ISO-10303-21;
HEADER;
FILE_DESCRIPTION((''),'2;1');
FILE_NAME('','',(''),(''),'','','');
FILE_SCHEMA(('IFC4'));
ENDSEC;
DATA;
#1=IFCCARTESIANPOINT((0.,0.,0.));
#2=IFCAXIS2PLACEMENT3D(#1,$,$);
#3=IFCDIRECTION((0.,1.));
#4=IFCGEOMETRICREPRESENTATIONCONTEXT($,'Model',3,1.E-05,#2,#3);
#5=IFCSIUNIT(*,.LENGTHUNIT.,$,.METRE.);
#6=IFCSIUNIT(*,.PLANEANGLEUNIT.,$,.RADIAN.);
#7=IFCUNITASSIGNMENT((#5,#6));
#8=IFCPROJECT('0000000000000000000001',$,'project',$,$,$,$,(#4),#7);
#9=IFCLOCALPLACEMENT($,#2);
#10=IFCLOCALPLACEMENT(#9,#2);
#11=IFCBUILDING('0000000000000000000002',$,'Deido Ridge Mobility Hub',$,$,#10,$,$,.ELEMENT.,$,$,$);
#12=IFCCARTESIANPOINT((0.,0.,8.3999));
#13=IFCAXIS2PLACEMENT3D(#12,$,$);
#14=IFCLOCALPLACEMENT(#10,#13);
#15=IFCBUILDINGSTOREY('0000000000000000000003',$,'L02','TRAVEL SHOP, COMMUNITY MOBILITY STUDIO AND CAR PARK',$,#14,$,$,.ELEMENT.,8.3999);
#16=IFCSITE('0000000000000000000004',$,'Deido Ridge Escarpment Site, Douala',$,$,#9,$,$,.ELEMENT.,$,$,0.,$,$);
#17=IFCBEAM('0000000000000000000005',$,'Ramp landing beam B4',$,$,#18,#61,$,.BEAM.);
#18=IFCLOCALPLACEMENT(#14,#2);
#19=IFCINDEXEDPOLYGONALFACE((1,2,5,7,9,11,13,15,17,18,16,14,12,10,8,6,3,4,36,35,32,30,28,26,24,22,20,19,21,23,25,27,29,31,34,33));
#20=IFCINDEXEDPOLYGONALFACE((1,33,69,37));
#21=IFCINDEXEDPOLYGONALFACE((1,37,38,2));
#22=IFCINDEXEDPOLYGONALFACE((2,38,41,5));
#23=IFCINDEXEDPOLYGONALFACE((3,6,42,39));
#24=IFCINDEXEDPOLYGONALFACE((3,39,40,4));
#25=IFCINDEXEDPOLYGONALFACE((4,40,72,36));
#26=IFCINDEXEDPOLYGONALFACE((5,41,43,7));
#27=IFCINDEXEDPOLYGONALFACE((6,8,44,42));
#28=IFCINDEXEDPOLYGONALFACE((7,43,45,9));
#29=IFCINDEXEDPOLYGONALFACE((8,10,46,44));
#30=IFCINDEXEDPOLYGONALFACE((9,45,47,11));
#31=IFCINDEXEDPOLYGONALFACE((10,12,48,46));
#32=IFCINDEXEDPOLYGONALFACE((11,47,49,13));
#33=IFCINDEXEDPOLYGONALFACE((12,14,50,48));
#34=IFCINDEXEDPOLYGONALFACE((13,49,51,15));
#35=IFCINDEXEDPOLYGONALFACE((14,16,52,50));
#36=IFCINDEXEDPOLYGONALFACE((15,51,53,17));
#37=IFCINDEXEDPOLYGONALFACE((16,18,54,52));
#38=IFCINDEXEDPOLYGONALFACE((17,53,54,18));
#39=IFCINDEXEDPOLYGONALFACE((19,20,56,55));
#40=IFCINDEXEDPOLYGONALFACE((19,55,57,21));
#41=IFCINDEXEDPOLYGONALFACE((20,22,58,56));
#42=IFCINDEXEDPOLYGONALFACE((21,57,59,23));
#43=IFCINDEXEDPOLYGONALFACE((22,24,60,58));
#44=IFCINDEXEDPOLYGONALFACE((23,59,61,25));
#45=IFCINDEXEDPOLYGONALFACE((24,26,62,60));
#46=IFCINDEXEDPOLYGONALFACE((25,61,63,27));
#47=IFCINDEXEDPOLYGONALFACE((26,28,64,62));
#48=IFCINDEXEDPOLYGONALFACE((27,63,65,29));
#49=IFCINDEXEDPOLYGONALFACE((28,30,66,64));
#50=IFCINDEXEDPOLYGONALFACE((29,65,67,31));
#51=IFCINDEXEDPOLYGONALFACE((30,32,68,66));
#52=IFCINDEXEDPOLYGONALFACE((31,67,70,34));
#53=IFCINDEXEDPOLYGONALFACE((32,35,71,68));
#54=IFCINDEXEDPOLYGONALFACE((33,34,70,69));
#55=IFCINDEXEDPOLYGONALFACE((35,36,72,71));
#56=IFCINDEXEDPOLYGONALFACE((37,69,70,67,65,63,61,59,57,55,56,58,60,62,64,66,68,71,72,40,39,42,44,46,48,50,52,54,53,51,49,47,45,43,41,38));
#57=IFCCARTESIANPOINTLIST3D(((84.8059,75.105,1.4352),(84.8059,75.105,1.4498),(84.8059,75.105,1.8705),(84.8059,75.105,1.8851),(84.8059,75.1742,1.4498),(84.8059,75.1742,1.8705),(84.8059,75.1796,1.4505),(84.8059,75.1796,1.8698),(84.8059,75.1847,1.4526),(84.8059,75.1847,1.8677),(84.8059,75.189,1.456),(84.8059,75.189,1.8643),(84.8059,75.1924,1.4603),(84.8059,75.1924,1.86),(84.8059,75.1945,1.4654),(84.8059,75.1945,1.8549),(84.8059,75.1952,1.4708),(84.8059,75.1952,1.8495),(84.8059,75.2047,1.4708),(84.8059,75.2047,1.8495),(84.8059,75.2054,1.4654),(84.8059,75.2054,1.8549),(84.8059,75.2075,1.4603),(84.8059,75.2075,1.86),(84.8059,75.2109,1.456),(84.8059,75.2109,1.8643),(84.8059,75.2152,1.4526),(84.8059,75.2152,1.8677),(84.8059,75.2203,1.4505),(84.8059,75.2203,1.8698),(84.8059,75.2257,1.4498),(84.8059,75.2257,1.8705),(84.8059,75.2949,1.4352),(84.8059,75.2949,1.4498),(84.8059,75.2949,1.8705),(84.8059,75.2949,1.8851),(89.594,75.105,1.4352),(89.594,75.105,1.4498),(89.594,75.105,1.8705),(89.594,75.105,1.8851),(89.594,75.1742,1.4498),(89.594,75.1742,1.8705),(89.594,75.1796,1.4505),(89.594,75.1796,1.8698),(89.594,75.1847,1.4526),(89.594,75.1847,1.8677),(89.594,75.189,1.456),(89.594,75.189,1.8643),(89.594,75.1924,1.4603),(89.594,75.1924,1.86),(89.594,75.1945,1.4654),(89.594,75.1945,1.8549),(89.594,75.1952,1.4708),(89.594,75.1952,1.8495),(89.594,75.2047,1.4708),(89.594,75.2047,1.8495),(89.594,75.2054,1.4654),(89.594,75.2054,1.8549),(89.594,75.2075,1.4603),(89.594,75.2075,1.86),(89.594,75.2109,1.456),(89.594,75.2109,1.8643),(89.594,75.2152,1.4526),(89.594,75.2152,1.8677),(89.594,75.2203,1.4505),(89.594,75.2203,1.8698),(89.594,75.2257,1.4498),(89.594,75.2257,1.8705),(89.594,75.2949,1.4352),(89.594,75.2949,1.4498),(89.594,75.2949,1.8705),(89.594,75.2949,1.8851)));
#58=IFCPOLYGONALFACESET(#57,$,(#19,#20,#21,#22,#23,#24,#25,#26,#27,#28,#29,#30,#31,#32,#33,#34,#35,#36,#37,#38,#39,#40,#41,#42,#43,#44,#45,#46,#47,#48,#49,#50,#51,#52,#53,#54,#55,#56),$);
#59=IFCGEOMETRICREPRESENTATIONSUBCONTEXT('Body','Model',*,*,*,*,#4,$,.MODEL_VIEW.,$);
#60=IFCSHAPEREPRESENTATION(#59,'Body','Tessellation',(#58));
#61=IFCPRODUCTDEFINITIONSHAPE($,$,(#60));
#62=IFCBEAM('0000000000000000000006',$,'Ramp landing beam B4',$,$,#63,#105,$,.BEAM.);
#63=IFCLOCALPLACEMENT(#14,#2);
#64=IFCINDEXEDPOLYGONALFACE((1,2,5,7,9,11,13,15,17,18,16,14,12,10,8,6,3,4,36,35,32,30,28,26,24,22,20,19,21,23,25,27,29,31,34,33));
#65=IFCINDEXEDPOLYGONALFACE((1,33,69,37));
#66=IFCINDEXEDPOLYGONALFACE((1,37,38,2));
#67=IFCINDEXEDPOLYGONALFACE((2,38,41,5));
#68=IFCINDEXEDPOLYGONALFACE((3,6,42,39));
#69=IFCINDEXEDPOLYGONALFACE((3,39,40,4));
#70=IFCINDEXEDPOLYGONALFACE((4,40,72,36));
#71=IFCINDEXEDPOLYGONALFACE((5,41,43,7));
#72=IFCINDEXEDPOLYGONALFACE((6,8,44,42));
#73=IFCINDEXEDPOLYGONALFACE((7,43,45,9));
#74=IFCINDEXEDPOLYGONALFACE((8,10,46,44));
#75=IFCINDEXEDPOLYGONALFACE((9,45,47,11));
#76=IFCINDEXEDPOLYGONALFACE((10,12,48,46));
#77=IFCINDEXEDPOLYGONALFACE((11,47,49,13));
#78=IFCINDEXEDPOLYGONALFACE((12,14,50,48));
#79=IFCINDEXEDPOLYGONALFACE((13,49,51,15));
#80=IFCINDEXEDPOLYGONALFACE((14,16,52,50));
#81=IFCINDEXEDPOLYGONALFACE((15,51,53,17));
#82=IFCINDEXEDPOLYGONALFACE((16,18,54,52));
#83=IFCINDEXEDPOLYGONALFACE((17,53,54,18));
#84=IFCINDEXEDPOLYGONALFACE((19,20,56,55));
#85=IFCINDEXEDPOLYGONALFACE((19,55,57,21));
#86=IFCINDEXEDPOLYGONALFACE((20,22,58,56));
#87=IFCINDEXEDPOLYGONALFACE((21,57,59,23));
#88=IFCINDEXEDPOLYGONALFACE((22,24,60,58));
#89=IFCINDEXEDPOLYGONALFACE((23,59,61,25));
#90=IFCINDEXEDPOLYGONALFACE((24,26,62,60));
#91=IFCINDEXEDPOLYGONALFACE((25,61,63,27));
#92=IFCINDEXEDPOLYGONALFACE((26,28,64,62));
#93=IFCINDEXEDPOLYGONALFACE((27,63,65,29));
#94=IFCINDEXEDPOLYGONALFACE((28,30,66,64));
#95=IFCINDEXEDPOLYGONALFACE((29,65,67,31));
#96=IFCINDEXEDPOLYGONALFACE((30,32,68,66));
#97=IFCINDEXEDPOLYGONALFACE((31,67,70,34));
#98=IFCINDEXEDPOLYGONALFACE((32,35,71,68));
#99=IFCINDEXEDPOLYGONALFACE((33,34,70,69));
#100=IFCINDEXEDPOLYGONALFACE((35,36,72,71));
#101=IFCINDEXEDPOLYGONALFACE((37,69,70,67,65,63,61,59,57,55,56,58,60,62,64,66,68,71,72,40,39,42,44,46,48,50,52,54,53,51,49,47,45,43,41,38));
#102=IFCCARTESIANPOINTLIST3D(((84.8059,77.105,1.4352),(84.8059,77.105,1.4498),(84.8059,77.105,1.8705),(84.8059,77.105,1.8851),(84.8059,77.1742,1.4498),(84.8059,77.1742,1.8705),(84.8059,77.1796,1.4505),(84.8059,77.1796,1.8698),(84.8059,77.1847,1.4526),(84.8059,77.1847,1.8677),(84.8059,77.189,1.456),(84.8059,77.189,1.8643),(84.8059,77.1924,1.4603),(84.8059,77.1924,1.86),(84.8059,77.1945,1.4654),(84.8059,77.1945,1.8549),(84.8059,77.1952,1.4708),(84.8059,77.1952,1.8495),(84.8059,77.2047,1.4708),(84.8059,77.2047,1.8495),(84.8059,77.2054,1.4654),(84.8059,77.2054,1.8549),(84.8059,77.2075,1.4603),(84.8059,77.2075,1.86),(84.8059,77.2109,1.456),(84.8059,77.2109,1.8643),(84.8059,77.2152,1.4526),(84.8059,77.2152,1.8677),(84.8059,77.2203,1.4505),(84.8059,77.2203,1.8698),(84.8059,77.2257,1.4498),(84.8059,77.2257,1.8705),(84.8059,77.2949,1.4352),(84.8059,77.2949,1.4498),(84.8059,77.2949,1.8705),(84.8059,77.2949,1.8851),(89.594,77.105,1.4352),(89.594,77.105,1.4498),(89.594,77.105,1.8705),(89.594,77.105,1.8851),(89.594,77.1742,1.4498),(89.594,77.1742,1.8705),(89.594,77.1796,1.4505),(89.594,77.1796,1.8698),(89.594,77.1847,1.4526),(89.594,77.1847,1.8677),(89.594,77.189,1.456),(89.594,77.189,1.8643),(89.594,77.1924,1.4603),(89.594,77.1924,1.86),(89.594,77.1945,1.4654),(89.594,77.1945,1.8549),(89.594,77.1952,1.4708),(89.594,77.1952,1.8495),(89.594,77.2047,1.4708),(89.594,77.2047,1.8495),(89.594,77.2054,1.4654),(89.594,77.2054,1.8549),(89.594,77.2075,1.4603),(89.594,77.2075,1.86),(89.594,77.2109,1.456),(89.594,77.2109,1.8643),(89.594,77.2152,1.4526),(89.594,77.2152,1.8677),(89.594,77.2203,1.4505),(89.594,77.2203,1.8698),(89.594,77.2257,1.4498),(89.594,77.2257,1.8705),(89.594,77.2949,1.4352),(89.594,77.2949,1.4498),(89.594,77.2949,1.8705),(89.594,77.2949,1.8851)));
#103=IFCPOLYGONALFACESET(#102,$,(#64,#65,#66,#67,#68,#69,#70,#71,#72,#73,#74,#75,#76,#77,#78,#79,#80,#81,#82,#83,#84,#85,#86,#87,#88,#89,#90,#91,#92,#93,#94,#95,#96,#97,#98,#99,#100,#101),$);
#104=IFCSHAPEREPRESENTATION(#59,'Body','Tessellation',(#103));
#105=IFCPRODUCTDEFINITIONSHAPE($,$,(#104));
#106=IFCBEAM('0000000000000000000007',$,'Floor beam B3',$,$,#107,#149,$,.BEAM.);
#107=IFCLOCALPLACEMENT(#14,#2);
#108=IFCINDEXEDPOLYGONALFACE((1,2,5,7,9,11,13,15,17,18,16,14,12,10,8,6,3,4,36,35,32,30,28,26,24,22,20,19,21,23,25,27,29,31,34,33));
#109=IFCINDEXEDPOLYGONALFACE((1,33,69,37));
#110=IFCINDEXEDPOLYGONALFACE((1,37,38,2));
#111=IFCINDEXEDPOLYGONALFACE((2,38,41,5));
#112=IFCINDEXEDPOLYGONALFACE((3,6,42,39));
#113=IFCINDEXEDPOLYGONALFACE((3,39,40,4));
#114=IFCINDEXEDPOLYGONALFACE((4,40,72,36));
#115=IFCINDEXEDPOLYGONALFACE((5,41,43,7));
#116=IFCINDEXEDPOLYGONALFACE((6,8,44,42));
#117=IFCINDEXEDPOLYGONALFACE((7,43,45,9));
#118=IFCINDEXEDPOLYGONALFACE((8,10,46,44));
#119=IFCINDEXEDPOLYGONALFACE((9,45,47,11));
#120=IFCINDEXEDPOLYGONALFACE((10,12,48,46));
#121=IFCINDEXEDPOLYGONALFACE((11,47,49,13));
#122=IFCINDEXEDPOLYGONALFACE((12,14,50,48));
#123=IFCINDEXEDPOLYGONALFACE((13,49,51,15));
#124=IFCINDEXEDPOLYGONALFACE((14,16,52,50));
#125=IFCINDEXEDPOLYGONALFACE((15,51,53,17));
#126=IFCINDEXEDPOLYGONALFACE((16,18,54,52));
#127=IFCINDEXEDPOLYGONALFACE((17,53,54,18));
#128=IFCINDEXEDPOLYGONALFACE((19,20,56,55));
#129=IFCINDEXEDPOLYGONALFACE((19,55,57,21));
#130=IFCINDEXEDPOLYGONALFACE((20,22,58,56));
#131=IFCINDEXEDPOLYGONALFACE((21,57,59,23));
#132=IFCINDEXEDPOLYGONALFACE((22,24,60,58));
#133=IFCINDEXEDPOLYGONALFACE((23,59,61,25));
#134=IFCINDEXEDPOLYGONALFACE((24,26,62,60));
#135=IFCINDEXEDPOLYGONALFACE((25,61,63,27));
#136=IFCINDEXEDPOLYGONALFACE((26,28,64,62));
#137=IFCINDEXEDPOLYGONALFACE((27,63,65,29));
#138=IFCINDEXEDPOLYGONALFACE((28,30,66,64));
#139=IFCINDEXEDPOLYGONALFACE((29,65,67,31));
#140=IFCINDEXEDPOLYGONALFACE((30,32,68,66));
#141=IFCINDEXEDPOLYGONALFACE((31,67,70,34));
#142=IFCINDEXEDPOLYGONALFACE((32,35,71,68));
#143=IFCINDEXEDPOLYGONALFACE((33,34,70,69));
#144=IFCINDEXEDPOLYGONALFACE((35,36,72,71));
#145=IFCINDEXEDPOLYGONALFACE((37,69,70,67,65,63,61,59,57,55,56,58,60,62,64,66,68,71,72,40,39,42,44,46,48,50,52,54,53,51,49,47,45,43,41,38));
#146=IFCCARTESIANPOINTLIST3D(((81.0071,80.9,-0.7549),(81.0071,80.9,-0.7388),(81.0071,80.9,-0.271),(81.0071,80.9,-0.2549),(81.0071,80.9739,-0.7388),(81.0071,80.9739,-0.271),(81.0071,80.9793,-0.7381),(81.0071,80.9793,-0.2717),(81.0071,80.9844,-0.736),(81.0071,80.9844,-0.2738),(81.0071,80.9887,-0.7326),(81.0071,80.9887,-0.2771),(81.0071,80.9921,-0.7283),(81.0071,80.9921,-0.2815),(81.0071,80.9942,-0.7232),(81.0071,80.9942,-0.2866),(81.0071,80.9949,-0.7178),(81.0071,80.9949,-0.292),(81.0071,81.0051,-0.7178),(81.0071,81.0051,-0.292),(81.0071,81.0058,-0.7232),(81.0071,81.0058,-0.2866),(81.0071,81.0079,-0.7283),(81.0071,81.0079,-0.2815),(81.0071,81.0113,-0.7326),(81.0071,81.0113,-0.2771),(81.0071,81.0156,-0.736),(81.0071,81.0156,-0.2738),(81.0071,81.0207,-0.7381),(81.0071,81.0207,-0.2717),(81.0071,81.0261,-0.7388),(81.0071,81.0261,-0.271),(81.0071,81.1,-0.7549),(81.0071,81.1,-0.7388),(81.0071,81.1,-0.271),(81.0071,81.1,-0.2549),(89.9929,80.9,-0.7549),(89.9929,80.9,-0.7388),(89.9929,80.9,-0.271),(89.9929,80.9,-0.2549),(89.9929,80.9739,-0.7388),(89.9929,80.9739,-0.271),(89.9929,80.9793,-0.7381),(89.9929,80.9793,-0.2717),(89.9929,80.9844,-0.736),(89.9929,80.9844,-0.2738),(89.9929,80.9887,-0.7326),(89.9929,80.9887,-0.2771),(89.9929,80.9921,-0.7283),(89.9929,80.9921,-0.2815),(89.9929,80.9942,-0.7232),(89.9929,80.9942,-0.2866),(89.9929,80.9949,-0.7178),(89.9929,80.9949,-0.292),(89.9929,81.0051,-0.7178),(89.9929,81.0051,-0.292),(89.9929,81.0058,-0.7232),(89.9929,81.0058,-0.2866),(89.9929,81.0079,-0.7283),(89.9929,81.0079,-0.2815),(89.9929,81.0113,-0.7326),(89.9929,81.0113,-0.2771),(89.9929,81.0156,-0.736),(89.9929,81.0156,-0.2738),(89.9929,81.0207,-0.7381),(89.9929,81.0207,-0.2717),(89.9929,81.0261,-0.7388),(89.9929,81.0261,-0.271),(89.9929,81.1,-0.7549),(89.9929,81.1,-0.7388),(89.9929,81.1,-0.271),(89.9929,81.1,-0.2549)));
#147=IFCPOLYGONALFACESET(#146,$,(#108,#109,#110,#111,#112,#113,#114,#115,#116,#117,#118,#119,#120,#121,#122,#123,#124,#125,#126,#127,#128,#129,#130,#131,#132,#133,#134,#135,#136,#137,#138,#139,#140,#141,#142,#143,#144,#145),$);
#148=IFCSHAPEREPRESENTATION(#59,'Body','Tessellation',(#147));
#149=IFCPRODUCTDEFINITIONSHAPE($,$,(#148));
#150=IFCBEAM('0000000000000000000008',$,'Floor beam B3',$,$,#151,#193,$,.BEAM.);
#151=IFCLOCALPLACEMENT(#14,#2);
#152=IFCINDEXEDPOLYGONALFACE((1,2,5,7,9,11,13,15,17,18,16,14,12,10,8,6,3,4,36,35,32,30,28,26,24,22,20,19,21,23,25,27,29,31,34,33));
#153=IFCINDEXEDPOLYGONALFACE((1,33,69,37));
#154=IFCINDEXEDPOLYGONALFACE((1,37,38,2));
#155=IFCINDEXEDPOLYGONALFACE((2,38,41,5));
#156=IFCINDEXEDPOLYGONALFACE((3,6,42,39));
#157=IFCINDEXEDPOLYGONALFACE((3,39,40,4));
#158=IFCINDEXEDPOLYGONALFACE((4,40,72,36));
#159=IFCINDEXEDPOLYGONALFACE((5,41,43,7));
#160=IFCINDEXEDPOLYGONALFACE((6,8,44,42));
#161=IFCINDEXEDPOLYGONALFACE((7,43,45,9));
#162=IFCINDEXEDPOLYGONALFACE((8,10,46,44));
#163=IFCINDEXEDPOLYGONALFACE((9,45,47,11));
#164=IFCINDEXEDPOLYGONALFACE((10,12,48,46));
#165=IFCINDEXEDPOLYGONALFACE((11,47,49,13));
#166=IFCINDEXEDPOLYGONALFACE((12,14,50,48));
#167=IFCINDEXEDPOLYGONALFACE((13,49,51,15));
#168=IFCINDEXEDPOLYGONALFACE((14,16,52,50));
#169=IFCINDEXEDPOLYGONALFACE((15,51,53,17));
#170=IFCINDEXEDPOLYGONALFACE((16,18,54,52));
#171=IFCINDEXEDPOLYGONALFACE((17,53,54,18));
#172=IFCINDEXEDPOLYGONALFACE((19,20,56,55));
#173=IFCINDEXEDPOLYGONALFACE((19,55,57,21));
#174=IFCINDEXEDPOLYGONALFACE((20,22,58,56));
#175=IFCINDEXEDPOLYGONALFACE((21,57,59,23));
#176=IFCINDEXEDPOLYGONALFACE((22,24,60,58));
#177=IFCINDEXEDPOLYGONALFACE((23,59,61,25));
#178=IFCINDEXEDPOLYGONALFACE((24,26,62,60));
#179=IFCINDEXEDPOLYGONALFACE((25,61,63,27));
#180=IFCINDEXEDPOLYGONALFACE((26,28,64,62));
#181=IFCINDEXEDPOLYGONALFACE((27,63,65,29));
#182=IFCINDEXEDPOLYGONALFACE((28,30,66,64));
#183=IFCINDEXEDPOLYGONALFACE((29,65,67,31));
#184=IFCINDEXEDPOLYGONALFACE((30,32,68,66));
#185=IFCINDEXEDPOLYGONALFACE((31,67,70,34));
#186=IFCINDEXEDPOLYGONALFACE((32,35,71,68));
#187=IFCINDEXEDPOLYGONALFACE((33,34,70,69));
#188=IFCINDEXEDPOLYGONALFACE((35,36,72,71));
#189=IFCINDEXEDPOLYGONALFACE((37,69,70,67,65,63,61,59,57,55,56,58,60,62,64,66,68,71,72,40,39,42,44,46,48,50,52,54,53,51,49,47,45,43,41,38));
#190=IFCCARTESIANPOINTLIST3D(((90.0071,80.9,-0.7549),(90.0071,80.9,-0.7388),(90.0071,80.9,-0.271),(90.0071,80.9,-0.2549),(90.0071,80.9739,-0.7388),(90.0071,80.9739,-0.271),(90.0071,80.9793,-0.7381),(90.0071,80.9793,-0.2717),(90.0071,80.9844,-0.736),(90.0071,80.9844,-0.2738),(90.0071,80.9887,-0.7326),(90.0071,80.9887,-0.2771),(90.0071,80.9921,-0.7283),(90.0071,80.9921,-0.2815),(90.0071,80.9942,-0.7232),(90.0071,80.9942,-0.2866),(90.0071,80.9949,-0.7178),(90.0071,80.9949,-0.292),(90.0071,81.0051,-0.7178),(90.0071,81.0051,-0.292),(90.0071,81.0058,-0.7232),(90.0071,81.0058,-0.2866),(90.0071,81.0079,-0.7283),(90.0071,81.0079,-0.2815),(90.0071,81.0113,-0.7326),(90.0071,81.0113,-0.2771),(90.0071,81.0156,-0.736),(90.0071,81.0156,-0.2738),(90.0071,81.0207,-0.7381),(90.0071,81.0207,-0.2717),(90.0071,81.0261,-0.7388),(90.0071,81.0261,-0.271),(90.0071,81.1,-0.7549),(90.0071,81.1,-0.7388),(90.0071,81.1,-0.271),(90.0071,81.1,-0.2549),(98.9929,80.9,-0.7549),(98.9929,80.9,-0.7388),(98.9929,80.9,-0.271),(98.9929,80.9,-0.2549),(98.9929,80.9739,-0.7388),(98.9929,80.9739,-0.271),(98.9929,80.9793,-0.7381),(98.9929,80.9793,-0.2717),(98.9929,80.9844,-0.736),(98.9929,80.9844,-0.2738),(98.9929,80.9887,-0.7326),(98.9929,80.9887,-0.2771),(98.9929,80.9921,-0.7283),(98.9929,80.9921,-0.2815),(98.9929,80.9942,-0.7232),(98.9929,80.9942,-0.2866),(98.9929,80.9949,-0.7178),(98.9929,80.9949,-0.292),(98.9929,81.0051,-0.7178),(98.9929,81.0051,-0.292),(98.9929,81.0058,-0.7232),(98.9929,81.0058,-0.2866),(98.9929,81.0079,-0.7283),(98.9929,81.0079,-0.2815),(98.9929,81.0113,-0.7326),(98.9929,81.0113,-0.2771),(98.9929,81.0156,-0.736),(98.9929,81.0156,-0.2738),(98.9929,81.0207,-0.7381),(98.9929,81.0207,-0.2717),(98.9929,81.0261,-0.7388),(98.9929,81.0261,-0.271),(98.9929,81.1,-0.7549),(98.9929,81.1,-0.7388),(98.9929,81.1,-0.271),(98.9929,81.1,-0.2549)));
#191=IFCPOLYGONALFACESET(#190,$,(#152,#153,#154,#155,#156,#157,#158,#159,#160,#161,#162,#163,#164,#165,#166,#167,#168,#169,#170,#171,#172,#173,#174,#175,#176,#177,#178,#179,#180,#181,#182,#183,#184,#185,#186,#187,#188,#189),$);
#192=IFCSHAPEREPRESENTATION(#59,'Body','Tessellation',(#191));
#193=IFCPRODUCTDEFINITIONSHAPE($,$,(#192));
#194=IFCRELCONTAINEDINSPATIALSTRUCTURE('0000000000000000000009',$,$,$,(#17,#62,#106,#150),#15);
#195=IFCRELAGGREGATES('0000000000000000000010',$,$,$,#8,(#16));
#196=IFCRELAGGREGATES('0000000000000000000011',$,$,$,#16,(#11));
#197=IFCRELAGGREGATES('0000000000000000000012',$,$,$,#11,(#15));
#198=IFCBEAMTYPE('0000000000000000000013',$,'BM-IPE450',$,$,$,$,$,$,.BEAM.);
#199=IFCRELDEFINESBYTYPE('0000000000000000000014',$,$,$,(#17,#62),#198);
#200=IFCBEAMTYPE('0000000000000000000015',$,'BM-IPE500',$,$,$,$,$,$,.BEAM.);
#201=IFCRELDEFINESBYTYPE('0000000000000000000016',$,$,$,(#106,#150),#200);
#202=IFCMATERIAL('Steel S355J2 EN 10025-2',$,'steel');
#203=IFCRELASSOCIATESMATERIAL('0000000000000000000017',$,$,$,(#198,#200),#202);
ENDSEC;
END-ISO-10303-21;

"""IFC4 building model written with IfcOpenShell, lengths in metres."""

from ifc_helpers import new_model, si_unit, direction, frame, origin, origin_2d, place, context, subcontext, project, spatial, i_section, extrude, material, material_profile, profile_set, type_object, element, save


model = new_model("IFC4")

# Units and contexts
model_context = context("Model", 3, precision=1e-05, world=origin(), true_north=direction((0.0, 1.0)))
body_context = subcontext(model_context, "Body", "Model", "MODEL_VIEW")
ifc_project = project(units=[si_unit("LENGTHUNIT", "METRE"), si_unit("PLANEANGLEUNIT", "RADIAN")], contexts=[model_context])

# Site, building, storey
site_placement = place(None, origin())
site = spatial("IfcSite", under=ifc_project, at=site_placement, Name="Deido Ridge Escarpment Site, Douala", CompositionType="ELEMENT", RefElevation=0.0)
building_placement = place(site_placement, origin())
building = spatial("IfcBuilding", under=site, at=building_placement, Name="Deido Ridge Mobility Hub", CompositionType="ELEMENT")
storey_placement = place(building_placement, frame((0.0, 0.0, 8.3999)))
storey = spatial("IfcBuildingStorey", under=building, at=storey_placement, Name="L02", Description="TRAVEL SHOP, COMMUNITY MOBILITY STUDIO AND CAR PARK", CompositionType="ELEMENT", Elevation=8.3999)

# Shared definitions
ifc_material_1 = material(Name="Steel S355J2 EN 10025-2", Category="steel")

# Beams
ifc_material_profile_1 = material_profile(ifc_material_1, i_section(OverallWidth=0.1899, OverallDepth=0.45, WebThickness=0.0095, FlangeThickness=0.0146, FilletRadius=0.021, at=origin_2d()), Name="IPE 450")
ifc_profile_set_1 = profile_set([ifc_material_profile_1], Name="Steel S355J2 EN 10025-2")
beam_type_1 = type_object("IfcBeamType", Name="BM-IPE450", PredefinedType="BEAM", material=ifc_profile_set_1)
for number, where, z_axis, x_axis, name in (
    (1, (84.8059, 75.2, 1.6602), (1.0, 0.0, 0.0), (0.0, 1.0, 0.0), "Ramp landing beam B4"),
    (2, (84.8059, 77.2, 1.6602), (1.0, 0.0, 0.0), (0.0, 1.0, 0.0), "Ramp landing beam B4"),
):
    element("IfcBeam", number, at=place(storey_placement, frame(where, z_axis=z_axis, x_axis=x_axis)), inside=storey, type_object=beam_type_1, Name=name, PredefinedType="BEAM", context=body_context, shape_type="SweptSolid", body=[
        extrude(i_section(OverallWidth=0.1899, OverallDepth=0.45, WebThickness=0.0095, FlangeThickness=0.0146, FilletRadius=0.021, at=origin_2d()), origin(), (0.0, 0.0, 1.0), 4.7881),
    ])
ifc_material_profile_2 = material_profile(ifc_material_1, i_section(OverallWidth=0.2, OverallDepth=0.5, WebThickness=0.0103, FlangeThickness=0.0161, FilletRadius=0.021, at=origin_2d()), Name="IPE 500")
ifc_profile_set_2 = profile_set([ifc_material_profile_2], Name="Steel S355J2 EN 10025-2")
beam_type_2 = type_object("IfcBeamType", Name="BM-IPE500", PredefinedType="BEAM", material=ifc_profile_set_2)
for number, where, z_axis, x_axis, name in (
    (3, (81.0071, 81.0, -0.5049), (1.0, 0.0, 0.0), (0.0, 1.0, 0.0), "Floor beam B3"),
    (4, (90.0071, 81.0, -0.5049), (1.0, 0.0, 0.0), (0.0, 1.0, 0.0), "Floor beam B3"),
):
    element("IfcBeam", number, at=place(storey_placement, frame(where, z_axis=z_axis, x_axis=x_axis)), inside=storey, type_object=beam_type_2, Name=name, PredefinedType="BEAM", context=body_context, shape_type="SweptSolid", body=[
        extrude(i_section(OverallWidth=0.2, OverallDepth=0.5, WebThickness=0.0103, FlangeThickness=0.0161, FilletRadius=0.021, at=origin_2d()), origin(), (0.0, 0.0, 1.0), 8.9858),
    ])

save(model, "model.ifc")
